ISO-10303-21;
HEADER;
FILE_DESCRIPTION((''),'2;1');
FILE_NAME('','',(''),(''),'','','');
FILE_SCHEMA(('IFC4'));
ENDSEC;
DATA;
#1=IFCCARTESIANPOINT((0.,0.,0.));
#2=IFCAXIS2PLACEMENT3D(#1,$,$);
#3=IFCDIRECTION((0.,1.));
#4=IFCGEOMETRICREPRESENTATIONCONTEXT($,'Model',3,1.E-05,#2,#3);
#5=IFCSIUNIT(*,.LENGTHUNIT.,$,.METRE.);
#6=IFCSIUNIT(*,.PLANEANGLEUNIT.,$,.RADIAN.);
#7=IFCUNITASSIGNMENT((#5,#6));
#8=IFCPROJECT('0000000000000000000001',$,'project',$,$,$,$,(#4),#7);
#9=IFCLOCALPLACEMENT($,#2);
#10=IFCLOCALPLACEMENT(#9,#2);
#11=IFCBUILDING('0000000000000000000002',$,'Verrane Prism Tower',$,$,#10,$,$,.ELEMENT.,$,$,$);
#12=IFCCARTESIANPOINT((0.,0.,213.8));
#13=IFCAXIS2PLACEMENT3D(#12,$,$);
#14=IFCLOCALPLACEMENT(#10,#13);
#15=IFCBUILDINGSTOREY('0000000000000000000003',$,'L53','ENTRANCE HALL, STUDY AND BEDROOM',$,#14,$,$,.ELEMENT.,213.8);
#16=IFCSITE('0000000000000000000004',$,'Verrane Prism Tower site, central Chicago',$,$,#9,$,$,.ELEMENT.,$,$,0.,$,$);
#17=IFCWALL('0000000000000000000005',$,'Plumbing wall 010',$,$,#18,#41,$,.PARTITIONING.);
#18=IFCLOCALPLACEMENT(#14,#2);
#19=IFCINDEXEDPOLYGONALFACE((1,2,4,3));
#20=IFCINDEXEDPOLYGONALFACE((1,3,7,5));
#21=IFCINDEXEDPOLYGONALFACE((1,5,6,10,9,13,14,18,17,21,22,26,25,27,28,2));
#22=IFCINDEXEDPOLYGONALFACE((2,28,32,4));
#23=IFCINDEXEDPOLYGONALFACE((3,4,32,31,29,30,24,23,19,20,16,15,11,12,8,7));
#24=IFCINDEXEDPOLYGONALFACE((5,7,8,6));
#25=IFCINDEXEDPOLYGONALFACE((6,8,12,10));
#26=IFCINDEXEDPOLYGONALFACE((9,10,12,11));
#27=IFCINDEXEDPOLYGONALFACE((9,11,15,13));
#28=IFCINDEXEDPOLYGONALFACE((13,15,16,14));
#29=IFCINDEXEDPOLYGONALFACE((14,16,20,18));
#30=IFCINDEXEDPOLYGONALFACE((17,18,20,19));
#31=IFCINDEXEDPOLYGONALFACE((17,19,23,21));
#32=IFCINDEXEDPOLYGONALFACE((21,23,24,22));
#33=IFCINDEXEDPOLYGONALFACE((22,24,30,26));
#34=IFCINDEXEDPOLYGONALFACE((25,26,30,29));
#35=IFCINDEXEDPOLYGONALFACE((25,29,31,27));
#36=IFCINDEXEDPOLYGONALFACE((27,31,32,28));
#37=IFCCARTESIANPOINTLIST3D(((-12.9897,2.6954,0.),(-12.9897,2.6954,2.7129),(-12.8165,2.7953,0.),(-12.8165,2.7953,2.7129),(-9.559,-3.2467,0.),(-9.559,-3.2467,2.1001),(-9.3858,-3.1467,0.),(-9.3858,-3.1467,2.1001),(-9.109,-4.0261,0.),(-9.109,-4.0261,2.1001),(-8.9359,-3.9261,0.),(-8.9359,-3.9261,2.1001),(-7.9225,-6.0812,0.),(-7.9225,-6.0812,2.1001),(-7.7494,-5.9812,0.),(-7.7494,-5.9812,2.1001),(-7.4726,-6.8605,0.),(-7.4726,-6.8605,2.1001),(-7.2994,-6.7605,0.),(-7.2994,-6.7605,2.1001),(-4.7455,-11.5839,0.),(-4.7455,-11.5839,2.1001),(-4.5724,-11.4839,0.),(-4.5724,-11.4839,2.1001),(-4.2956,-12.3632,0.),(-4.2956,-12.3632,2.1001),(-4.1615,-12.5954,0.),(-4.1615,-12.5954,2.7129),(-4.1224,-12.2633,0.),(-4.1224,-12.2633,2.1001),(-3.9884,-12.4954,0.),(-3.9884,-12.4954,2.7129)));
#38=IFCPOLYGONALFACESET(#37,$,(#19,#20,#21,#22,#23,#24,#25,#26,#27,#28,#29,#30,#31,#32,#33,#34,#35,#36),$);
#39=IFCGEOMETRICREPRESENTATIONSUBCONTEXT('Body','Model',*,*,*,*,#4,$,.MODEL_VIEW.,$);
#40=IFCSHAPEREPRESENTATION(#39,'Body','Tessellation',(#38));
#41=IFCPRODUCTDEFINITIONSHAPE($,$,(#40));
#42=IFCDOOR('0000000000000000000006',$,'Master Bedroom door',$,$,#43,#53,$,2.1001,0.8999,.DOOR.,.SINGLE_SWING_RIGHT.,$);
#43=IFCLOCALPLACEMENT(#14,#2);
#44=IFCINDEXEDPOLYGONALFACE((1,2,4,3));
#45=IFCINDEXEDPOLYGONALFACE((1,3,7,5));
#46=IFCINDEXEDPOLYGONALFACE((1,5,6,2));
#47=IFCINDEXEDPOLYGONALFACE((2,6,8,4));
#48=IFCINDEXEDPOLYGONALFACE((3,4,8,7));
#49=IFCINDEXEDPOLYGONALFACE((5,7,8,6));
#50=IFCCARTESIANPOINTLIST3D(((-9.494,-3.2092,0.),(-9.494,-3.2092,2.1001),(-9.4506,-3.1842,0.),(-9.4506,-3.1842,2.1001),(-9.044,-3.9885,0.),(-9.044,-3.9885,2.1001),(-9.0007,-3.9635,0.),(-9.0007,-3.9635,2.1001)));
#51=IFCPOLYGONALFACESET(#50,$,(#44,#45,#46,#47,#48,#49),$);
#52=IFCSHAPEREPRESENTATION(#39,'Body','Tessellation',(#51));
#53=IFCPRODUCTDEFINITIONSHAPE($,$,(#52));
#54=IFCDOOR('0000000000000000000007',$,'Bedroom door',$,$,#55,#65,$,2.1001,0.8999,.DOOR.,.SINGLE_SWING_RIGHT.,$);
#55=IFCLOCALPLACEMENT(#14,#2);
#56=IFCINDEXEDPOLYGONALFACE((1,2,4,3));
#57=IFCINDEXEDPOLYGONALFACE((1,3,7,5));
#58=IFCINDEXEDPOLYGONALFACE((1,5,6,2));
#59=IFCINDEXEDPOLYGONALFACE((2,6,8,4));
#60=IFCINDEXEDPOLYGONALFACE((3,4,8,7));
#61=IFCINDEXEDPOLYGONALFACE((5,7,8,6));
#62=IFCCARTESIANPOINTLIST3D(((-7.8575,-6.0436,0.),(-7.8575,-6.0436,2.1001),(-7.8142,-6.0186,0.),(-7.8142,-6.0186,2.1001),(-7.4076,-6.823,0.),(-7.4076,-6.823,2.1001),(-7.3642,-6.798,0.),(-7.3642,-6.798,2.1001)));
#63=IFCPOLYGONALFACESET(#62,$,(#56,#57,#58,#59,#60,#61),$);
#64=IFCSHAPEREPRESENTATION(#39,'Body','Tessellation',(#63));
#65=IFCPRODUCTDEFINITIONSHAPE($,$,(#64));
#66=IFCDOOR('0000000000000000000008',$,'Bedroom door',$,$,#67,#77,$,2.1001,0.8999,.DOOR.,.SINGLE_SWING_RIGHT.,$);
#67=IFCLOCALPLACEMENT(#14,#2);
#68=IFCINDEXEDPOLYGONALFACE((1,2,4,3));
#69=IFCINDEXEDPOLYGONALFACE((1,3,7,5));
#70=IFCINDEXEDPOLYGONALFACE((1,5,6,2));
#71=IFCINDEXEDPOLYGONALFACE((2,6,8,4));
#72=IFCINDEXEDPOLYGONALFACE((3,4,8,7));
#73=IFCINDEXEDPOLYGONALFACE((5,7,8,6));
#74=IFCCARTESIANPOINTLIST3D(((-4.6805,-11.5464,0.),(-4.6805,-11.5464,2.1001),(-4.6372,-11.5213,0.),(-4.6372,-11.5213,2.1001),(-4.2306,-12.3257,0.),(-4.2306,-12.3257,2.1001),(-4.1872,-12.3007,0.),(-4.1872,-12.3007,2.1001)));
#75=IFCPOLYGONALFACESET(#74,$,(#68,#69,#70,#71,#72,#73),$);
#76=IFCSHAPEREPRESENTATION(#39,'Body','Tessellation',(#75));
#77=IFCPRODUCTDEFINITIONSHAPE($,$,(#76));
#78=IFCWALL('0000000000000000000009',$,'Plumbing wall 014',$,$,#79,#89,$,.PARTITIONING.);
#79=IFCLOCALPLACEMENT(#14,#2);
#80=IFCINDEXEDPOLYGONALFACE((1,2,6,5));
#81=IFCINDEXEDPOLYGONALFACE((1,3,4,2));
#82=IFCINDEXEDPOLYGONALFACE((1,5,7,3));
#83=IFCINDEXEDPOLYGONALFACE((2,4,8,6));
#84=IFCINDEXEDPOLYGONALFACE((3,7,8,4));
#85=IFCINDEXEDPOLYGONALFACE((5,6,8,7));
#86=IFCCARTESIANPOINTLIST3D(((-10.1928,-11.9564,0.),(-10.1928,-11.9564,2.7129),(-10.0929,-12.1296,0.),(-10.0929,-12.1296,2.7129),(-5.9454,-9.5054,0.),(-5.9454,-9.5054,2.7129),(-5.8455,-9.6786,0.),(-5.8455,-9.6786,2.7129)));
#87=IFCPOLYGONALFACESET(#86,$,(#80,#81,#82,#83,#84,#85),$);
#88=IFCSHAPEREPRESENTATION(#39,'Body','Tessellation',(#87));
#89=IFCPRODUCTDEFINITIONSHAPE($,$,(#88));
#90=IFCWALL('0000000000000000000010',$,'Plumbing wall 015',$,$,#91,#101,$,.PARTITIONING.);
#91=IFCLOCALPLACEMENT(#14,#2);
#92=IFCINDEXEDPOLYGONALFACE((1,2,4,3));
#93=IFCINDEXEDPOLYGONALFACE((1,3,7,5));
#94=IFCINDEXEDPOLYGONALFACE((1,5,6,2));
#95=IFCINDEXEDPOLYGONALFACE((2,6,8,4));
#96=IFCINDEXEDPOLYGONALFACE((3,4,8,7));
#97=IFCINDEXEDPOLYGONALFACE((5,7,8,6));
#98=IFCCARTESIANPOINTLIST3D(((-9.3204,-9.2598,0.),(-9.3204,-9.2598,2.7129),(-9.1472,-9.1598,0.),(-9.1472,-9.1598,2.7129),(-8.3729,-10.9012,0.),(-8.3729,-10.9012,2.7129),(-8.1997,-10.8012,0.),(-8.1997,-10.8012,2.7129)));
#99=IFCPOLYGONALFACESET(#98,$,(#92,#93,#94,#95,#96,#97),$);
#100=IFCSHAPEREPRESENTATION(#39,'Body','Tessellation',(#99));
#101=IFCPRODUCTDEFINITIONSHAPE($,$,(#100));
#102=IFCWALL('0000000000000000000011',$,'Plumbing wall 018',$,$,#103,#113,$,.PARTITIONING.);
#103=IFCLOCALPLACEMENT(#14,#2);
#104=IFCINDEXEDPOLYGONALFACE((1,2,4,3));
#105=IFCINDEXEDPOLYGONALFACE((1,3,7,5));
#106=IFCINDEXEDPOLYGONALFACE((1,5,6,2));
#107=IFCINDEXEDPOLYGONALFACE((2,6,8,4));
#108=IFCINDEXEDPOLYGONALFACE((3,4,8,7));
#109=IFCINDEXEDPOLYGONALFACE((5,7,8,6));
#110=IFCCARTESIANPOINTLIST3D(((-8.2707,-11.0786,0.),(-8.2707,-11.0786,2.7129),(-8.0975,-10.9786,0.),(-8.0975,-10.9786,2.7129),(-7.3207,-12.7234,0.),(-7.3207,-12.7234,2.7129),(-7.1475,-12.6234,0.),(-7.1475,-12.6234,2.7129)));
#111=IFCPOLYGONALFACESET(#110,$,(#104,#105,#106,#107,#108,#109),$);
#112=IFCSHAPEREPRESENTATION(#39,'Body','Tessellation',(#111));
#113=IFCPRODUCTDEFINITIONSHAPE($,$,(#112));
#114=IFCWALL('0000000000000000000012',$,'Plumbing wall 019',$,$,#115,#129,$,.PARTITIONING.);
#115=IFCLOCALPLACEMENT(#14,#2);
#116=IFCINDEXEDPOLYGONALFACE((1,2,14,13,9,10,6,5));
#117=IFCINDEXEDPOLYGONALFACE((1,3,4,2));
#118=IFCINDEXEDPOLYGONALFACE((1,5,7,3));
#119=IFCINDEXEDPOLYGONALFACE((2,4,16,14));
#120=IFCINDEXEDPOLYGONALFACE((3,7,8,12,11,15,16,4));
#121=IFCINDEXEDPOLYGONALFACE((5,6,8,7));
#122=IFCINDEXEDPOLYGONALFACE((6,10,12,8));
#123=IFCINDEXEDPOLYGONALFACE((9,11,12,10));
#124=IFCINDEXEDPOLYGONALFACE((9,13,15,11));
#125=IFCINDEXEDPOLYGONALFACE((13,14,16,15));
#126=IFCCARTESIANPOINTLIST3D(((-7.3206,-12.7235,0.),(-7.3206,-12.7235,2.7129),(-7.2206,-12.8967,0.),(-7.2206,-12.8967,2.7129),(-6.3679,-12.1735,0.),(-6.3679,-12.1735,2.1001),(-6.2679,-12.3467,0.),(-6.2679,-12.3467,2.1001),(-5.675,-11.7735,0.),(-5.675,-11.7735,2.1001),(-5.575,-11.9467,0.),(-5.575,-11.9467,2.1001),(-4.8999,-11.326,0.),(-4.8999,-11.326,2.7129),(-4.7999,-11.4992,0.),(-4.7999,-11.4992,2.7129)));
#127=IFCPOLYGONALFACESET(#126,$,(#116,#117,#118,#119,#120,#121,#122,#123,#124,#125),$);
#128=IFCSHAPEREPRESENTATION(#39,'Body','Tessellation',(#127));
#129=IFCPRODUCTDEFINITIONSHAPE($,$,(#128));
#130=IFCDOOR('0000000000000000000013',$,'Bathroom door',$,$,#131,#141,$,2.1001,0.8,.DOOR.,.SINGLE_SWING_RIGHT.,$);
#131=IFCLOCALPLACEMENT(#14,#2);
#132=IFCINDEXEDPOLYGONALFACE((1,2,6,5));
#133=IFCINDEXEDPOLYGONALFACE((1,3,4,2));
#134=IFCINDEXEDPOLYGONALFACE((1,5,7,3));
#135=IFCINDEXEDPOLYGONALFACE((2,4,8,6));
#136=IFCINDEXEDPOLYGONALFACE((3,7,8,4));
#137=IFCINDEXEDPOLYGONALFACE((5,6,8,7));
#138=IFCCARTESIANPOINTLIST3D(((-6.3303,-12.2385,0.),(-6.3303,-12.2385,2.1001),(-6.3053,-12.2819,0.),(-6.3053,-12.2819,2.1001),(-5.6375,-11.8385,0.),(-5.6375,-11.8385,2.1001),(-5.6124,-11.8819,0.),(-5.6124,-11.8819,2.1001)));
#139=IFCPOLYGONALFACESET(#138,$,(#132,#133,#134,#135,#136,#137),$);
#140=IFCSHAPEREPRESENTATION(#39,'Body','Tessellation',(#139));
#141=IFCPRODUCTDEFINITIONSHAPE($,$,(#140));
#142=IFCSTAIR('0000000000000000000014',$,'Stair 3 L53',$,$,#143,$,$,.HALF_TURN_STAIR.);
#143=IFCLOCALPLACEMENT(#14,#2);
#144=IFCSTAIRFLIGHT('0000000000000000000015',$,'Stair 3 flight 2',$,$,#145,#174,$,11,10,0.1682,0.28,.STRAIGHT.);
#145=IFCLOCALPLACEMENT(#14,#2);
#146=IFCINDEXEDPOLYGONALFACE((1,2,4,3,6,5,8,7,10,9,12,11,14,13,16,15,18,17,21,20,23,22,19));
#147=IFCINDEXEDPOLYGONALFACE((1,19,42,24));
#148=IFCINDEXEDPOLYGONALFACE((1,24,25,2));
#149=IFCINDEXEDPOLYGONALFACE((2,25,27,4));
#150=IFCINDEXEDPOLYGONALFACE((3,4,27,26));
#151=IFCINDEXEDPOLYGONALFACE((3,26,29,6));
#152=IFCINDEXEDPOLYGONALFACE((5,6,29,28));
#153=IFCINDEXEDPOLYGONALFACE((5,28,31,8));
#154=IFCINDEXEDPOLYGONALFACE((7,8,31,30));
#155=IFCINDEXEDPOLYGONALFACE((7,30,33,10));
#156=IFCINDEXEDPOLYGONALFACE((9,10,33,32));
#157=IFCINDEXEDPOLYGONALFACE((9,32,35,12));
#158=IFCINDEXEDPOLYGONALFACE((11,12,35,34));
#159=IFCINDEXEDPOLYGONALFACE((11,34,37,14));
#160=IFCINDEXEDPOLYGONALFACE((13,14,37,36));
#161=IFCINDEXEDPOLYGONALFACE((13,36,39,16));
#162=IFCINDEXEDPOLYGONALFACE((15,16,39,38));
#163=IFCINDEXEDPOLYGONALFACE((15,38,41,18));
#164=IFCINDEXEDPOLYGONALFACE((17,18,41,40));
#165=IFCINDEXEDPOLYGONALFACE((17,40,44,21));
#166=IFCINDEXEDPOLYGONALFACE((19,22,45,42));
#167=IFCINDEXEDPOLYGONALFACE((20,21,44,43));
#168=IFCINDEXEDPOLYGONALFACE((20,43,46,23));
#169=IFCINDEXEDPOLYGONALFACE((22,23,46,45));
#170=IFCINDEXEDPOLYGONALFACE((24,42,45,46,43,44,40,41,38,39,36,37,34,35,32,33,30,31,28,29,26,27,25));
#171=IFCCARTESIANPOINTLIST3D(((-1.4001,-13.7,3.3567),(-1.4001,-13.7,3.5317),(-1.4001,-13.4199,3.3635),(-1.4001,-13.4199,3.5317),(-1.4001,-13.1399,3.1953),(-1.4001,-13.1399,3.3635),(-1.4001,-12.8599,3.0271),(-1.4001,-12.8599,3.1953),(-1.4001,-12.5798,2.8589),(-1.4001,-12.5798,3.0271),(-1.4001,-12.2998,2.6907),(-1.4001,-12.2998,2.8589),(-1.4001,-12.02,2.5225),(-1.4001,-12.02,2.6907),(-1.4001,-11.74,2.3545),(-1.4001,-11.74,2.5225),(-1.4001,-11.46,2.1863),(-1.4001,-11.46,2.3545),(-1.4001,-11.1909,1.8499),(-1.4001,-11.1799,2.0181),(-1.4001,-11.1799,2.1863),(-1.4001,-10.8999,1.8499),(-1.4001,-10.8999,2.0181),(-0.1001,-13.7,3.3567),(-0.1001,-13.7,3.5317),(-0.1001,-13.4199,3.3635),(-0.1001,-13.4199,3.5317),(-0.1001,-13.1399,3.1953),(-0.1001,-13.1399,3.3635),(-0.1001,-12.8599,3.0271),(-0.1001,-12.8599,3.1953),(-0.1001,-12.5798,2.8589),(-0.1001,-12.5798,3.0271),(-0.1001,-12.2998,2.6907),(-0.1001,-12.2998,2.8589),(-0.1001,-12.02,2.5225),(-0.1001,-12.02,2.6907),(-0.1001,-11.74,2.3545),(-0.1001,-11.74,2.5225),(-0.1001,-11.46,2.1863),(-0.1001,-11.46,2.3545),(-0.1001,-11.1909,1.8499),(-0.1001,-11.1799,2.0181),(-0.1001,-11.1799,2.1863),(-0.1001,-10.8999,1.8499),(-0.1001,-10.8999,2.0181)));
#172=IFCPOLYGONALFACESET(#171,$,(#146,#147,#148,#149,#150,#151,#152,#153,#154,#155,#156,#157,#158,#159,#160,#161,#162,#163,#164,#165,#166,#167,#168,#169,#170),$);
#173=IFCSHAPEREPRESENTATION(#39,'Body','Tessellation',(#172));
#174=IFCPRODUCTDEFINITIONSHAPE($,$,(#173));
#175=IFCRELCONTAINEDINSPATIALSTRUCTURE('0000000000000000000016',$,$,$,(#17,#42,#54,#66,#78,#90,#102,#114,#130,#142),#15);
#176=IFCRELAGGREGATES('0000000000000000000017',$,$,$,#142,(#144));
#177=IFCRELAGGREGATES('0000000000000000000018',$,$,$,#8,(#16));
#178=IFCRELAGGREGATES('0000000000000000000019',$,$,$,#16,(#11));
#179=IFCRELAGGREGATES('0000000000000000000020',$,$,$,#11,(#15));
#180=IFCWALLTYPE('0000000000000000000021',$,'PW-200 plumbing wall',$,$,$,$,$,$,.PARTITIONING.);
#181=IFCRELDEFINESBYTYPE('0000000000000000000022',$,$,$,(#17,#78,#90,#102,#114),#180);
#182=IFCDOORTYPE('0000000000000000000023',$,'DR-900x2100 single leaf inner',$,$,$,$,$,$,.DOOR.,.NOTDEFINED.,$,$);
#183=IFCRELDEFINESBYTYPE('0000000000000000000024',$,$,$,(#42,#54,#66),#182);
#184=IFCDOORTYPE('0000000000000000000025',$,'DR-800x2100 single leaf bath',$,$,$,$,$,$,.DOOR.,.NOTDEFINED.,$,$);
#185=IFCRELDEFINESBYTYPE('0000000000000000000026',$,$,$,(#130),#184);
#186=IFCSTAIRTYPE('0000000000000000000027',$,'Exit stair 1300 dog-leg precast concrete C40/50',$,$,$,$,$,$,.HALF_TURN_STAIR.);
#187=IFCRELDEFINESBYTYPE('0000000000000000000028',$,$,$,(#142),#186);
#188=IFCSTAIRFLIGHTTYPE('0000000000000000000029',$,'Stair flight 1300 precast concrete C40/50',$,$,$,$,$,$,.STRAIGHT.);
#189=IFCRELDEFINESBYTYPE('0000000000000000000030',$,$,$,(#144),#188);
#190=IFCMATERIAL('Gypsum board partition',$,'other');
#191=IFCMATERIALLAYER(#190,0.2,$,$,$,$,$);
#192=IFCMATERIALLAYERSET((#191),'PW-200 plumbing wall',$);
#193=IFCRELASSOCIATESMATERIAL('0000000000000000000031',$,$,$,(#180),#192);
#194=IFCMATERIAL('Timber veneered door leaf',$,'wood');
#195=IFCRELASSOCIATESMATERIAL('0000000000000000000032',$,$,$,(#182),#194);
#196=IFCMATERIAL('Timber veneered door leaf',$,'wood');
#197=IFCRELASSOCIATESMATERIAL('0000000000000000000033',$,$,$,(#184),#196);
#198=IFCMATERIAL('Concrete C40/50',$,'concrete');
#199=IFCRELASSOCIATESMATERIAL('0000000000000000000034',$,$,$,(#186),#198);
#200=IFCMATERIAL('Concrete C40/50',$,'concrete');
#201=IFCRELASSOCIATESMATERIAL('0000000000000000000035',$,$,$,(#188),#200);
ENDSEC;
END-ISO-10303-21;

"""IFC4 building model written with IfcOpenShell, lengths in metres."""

from ifc_helpers import new_model, si_unit, direction, frame, frame_2d, origin, place, context, subcontext, project, spatial, polyline, rectangle, outline, extrude, material, layer, layer_set, type_object, element, fill, aggregate, save


model = new_model("IFC4")

# Units and contexts
model_context = context("Model", 3, precision=1e-05, world=origin(), true_north=direction((0.0, 1.0)))
body_context = subcontext(model_context, "Body", "Model", "MODEL_VIEW")
ifc_project = project(units=[si_unit("LENGTHUNIT", "METRE"), si_unit("PLANEANGLEUNIT", "RADIAN")], contexts=[model_context])

# Site, building, storey
site_placement = place(None, origin())
site = spatial("IfcSite", under=ifc_project, at=site_placement, Name="Verrane Prism Tower site, central Chicago", CompositionType="ELEMENT", RefElevation=0.0)
building_placement = place(site_placement, origin())
building = spatial("IfcBuilding", under=site, at=building_placement, Name="Verrane Prism Tower", CompositionType="ELEMENT")
storey_placement = place(building_placement, frame((0.0, 0.0, 213.8)))
storey = spatial("IfcBuildingStorey", under=building, at=storey_placement, Name="L53", Description="ENTRANCE HALL, STUDY AND BEDROOM", CompositionType="ELEMENT", Elevation=213.8)

# Wall, openings, doors
ifc_material_1 = material(Name="Gypsum board partition", Category="other")
ifc_layer_1 = layer(ifc_material_1, 0.2)
ifc_layer_set_1 = layer_set([ifc_layer_1], Name="PW-200 plumbing wall")
wall_type_1 = type_object("IfcWallType", Name="PW-200 plumbing wall", PredefinedType="PARTITIONING", material=ifc_layer_set_1)
wall_1_placement = place(storey_placement, frame((-4.075, -12.5454, 0.0), z_axis=(0.0, 0.0, 1.0), x_axis=(-0.5, 0.866026, 0.0)))
wall_1 = element("IfcWall", 1, at=wall_1_placement, inside=storey, type_object=wall_type_1, Name="Plumbing wall 010", PredefinedType="PARTITIONING", context=body_context, shape_type="SweptSolid", body=[
    extrude(rectangle(XDim=17.6562, YDim=0.2, at=frame_2d((8.8281, 0.0))), origin(), (0.0, 0.0, 1.0), 2.7129),
])
opening_1_placement = place(wall_1_placement, frame((9.895, 0.0, 0.0)))
opening_1 = element("IfcOpeningElement", 2, at=opening_1_placement, cuts=wall_1, PredefinedType="OPENING", context=body_context, shape_type="SweptSolid", body=[
    extrude(rectangle(XDim=0.8999, YDim=2.1001, at=frame_2d((0.45, 1.05))), frame((0.0, 0.1099, 0.0), z_axis=(0.0, -1.0, 0.0), x_axis=(1.0, 0.0, 0.0)), (0.0, 0.0, 1.0), 0.22),
])
opening_2_placement = place(wall_1_placement, frame((6.6221, 0.0, 0.0)))
opening_2 = element("IfcOpeningElement", 3, at=opening_2_placement, cuts=wall_1, PredefinedType="OPENING", context=body_context, shape_type="SweptSolid", body=[
    extrude(rectangle(XDim=0.8999, YDim=2.1001, at=frame_2d((0.45, 1.05))), frame((0.0, 0.1099, 0.0), z_axis=(0.0, -1.0, 0.0), x_axis=(1.0, 0.0, 0.0)), (0.0, 0.0, 1.0), 0.22),
])
opening_3_placement = place(wall_1_placement, frame((0.2681, 0.0, 0.0)))
opening_3 = element("IfcOpeningElement", 4, at=opening_3_placement, cuts=wall_1, PredefinedType="OPENING", context=body_context, shape_type="SweptSolid", body=[
    extrude(rectangle(XDim=0.8999, YDim=2.1001, at=frame_2d((0.45, 1.05))), frame((0.0, 0.1099, 0.0), z_axis=(0.0, -1.0, 0.0), x_axis=(1.0, 0.0, 0.0)), (0.0, 0.0, 1.0), 0.22),
])
ifc_material_2 = material(Name="Timber veneered door leaf", Category="wood")
door_type_1 = type_object("IfcDoorType", Name="DR-900x2100 single leaf inner", OperationType="NOTDEFINED", PredefinedType="DOOR", material=ifc_material_2)
door_1_placement = place(opening_1_placement, origin())
door_1 = element("IfcDoor", 5, at=door_1_placement, inside=storey, type_object=door_type_1, Name="Master Bedroom door", OperationType="SINGLE_SWING_RIGHT", OverallHeight=2.1001, OverallWidth=0.8999, PredefinedType="DOOR", context=body_context, shape_type="SweptSolid", body=[
    extrude(rectangle(XDim=0.8999, YDim=2.1001, at=frame_2d((0.45, 1.05))), frame((0.0, 0.0249, 0.0), z_axis=(0.0, -1.0, 0.0), x_axis=(1.0, 0.0, 0.0)), (0.0, 0.0, 1.0), 0.05),
])
fill(opening_1, door_1)
door_2_placement = place(opening_2_placement, origin())
door_2 = element("IfcDoor", 6, at=door_2_placement, inside=storey, type_object=door_type_1, Name="Bedroom door", OperationType="SINGLE_SWING_RIGHT", OverallHeight=2.1001, OverallWidth=0.8999, PredefinedType="DOOR", context=body_context, shape_type="SweptSolid", body=[
    extrude(rectangle(XDim=0.8999, YDim=2.1001, at=frame_2d((0.45, 1.05))), frame((0.0, 0.0249, 0.0), z_axis=(0.0, -1.0, 0.0), x_axis=(1.0, 0.0, 0.0)), (0.0, 0.0, 1.0), 0.05),
])
fill(opening_2, door_2)
door_3_placement = place(opening_3_placement, origin())
door_3 = element("IfcDoor", 7, at=door_3_placement, inside=storey, type_object=door_type_1, Name="Bedroom door", OperationType="SINGLE_SWING_RIGHT", OverallHeight=2.1001, OverallWidth=0.8999, PredefinedType="DOOR", context=body_context, shape_type="SweptSolid", body=[
    extrude(rectangle(XDim=0.8999, YDim=2.1001, at=frame_2d((0.45, 1.05))), frame((0.0, 0.0249, 0.0), z_axis=(0.0, -1.0, 0.0), x_axis=(1.0, 0.0, 0.0)), (0.0, 0.0, 1.0), 0.05),
])
fill(opening_3, door_3)

# Walls
wall_2_placement = place(storey_placement, frame((-10.1428, -12.043, 0.0), z_axis=(0.0, 0.0, 1.0), x_axis=(0.866137, 0.499807, 0.0)))
element("IfcWall", 8, at=wall_2_placement, inside=storey, type_object=wall_type_1, Name="Plumbing wall 014", PredefinedType="PARTITIONING", context=body_context, shape_type="SweptSolid", body=[
    extrude(rectangle(XDim=4.9038, YDim=0.2, at=frame_2d((2.4519, 0.0))), origin(), (0.0, 0.0, 1.0), 2.7129),
])
wall_3_placement = place(storey_placement, frame((-9.2339, -9.2097, 0.0), z_axis=(0.0, 0.0, 1.0), x_axis=(0.499949, -0.866055, 0.0)))
element("IfcWall", 9, at=wall_3_placement, inside=storey, type_object=wall_type_1, Name="Plumbing wall 015", PredefinedType="PARTITIONING", context=body_context, shape_type="SweptSolid", body=[
    extrude(rectangle(XDim=1.8953, YDim=0.2, at=frame_2d((0.9478, 0.0))), origin(), (0.0, 0.0, 1.0), 2.7129),
])
wall_4_placement = place(storey_placement, frame((-8.1841, -11.0286, 0.0), z_axis=(0.0, 0.0, 1.0), x_axis=(0.500134, -0.865948, 0.0)))
element("IfcWall", 10, at=wall_4_placement, inside=storey, type_object=wall_type_1, Name="Plumbing wall 018", PredefinedType="PARTITIONING", context=body_context, shape_type="SweptSolid", body=[
    extrude(rectangle(XDim=1.8994, YDim=0.2, at=frame_2d((0.9497, 0.0))), origin(), (0.0, 0.0, 1.0), 2.7129),
])

# Wall, opening, door
wall_5_placement = place(storey_placement, frame((-7.2705, -12.8101, 0.0), z_axis=(0.0, 0.0, 1.0), x_axis=(0.866042, 0.499972, 0.0)))
wall_5 = element("IfcWall", 11, at=wall_5_placement, inside=storey, type_object=wall_type_1, Name="Plumbing wall 019", PredefinedType="PARTITIONING", context=body_context, shape_type="SweptSolid", body=[
    extrude(rectangle(XDim=2.7952, YDim=0.2, at=frame_2d((1.3975, 0.0))), origin(), (0.0, 0.0, 1.0), 2.7129),
])
opening_4_placement = place(wall_5_placement, frame((1.1001, 0.0, 0.0)))
opening_4 = element("IfcOpeningElement", 12, at=opening_4_placement, cuts=wall_5, PredefinedType="OPENING", context=body_context, shape_type="SweptSolid", body=[
    extrude(rectangle(XDim=0.8, YDim=2.1001, at=frame_2d((0.3999, 1.05))), frame((0.0, 0.1099, 0.0), z_axis=(0.0, -1.0, 0.0), x_axis=(1.0, 0.0, 0.0)), (0.0, 0.0, 1.0), 0.22),
])
ifc_material_3 = material(Name="Timber veneered door leaf", Category="wood")
door_type_2 = type_object("IfcDoorType", Name="DR-800x2100 single leaf bath", OperationType="NOTDEFINED", PredefinedType="DOOR", material=ifc_material_3)
door_4_placement = place(opening_4_placement, origin())
door_4 = element("IfcDoor", 13, at=door_4_placement, inside=storey, type_object=door_type_2, Name="Bathroom door", OperationType="SINGLE_SWING_RIGHT", OverallHeight=2.1001, OverallWidth=0.8, PredefinedType="DOOR", context=body_context, shape_type="SweptSolid", body=[
    extrude(rectangle(XDim=0.8, YDim=2.1001, at=frame_2d((0.3999, 1.05))), frame((0.0, 0.0249, 0.0), z_axis=(0.0, -1.0, 0.0), x_axis=(1.0, 0.0, 0.0)), (0.0, 0.0, 1.0), 0.05),
])
fill(opening_4, door_4)

# Stair, stair flight
ifc_material_4 = material(Name="Concrete C40/50", Category="concrete")
stair_type = type_object("IfcStairType", Name="Exit stair 1300 dog-leg precast concrete C40/50", PredefinedType="HALF_TURN_STAIR", material=ifc_material_4)
stair_placement = place(storey_placement, origin())
stair = element("IfcStair", 14, at=stair_placement, inside=storey, type_object=stair_type, Name="Stair 3 L53", PredefinedType="HALF_TURN_STAIR")
ifc_material_5 = material(Name="Concrete C40/50", Category="concrete")
stair_flight_type = type_object("IfcStairFlightType", Name="Stair flight 1300 precast concrete C40/50", PredefinedType="STRAIGHT", material=ifc_material_5)
stair_flight_placement = place(storey_placement, frame((-0.75, -10.8999, 1.8499), z_axis=(0.0, 0.0, 1.0), x_axis=(0.0, -1.0, 0.0)))
stair_flight = element("IfcStairFlight", 15, at=stair_flight_placement, type_object=stair_flight_type, Name="Stair 3 flight 2", NumberOfRisers=11, NumberOfTreads=10, PredefinedType="STRAIGHT", RiserHeight=0.1682, TreadLength=0.28, context=body_context, shape_type="SweptSolid", body=[
    extrude(outline(polyline([(0.0, 0.0), (0.0, 0.1682), (0.28, 0.1682), (0.28, 0.3364), (0.5601, 0.3364), (0.5601, 0.5046), (0.8401, 0.5046), (0.8401, 0.6726), (1.1201, 0.6726), (1.1201, 0.8408), (1.3999, 0.8408), (1.3999, 1.009), (1.6799, 1.009), (1.6799, 1.1772), (1.96, 1.1772), (1.96, 1.3455), (2.24, 1.3455), (2.24, 1.5137), (2.52, 1.5137), (2.52, 1.6819), (2.8, 1.6819), (2.8, 1.8501), (2.8, 1.5068), (0.291, 0.0), (0.0, 0.0)])), frame((0.0, 0.6499, 0.0), z_axis=(0.0, -1.0, 0.0), x_axis=(1.0, 0.0, 0.0)), (0.0, 0.0, 1.0), 1.3),
])
aggregate(stair, [stair_flight])

save(model, "model.ifc")
